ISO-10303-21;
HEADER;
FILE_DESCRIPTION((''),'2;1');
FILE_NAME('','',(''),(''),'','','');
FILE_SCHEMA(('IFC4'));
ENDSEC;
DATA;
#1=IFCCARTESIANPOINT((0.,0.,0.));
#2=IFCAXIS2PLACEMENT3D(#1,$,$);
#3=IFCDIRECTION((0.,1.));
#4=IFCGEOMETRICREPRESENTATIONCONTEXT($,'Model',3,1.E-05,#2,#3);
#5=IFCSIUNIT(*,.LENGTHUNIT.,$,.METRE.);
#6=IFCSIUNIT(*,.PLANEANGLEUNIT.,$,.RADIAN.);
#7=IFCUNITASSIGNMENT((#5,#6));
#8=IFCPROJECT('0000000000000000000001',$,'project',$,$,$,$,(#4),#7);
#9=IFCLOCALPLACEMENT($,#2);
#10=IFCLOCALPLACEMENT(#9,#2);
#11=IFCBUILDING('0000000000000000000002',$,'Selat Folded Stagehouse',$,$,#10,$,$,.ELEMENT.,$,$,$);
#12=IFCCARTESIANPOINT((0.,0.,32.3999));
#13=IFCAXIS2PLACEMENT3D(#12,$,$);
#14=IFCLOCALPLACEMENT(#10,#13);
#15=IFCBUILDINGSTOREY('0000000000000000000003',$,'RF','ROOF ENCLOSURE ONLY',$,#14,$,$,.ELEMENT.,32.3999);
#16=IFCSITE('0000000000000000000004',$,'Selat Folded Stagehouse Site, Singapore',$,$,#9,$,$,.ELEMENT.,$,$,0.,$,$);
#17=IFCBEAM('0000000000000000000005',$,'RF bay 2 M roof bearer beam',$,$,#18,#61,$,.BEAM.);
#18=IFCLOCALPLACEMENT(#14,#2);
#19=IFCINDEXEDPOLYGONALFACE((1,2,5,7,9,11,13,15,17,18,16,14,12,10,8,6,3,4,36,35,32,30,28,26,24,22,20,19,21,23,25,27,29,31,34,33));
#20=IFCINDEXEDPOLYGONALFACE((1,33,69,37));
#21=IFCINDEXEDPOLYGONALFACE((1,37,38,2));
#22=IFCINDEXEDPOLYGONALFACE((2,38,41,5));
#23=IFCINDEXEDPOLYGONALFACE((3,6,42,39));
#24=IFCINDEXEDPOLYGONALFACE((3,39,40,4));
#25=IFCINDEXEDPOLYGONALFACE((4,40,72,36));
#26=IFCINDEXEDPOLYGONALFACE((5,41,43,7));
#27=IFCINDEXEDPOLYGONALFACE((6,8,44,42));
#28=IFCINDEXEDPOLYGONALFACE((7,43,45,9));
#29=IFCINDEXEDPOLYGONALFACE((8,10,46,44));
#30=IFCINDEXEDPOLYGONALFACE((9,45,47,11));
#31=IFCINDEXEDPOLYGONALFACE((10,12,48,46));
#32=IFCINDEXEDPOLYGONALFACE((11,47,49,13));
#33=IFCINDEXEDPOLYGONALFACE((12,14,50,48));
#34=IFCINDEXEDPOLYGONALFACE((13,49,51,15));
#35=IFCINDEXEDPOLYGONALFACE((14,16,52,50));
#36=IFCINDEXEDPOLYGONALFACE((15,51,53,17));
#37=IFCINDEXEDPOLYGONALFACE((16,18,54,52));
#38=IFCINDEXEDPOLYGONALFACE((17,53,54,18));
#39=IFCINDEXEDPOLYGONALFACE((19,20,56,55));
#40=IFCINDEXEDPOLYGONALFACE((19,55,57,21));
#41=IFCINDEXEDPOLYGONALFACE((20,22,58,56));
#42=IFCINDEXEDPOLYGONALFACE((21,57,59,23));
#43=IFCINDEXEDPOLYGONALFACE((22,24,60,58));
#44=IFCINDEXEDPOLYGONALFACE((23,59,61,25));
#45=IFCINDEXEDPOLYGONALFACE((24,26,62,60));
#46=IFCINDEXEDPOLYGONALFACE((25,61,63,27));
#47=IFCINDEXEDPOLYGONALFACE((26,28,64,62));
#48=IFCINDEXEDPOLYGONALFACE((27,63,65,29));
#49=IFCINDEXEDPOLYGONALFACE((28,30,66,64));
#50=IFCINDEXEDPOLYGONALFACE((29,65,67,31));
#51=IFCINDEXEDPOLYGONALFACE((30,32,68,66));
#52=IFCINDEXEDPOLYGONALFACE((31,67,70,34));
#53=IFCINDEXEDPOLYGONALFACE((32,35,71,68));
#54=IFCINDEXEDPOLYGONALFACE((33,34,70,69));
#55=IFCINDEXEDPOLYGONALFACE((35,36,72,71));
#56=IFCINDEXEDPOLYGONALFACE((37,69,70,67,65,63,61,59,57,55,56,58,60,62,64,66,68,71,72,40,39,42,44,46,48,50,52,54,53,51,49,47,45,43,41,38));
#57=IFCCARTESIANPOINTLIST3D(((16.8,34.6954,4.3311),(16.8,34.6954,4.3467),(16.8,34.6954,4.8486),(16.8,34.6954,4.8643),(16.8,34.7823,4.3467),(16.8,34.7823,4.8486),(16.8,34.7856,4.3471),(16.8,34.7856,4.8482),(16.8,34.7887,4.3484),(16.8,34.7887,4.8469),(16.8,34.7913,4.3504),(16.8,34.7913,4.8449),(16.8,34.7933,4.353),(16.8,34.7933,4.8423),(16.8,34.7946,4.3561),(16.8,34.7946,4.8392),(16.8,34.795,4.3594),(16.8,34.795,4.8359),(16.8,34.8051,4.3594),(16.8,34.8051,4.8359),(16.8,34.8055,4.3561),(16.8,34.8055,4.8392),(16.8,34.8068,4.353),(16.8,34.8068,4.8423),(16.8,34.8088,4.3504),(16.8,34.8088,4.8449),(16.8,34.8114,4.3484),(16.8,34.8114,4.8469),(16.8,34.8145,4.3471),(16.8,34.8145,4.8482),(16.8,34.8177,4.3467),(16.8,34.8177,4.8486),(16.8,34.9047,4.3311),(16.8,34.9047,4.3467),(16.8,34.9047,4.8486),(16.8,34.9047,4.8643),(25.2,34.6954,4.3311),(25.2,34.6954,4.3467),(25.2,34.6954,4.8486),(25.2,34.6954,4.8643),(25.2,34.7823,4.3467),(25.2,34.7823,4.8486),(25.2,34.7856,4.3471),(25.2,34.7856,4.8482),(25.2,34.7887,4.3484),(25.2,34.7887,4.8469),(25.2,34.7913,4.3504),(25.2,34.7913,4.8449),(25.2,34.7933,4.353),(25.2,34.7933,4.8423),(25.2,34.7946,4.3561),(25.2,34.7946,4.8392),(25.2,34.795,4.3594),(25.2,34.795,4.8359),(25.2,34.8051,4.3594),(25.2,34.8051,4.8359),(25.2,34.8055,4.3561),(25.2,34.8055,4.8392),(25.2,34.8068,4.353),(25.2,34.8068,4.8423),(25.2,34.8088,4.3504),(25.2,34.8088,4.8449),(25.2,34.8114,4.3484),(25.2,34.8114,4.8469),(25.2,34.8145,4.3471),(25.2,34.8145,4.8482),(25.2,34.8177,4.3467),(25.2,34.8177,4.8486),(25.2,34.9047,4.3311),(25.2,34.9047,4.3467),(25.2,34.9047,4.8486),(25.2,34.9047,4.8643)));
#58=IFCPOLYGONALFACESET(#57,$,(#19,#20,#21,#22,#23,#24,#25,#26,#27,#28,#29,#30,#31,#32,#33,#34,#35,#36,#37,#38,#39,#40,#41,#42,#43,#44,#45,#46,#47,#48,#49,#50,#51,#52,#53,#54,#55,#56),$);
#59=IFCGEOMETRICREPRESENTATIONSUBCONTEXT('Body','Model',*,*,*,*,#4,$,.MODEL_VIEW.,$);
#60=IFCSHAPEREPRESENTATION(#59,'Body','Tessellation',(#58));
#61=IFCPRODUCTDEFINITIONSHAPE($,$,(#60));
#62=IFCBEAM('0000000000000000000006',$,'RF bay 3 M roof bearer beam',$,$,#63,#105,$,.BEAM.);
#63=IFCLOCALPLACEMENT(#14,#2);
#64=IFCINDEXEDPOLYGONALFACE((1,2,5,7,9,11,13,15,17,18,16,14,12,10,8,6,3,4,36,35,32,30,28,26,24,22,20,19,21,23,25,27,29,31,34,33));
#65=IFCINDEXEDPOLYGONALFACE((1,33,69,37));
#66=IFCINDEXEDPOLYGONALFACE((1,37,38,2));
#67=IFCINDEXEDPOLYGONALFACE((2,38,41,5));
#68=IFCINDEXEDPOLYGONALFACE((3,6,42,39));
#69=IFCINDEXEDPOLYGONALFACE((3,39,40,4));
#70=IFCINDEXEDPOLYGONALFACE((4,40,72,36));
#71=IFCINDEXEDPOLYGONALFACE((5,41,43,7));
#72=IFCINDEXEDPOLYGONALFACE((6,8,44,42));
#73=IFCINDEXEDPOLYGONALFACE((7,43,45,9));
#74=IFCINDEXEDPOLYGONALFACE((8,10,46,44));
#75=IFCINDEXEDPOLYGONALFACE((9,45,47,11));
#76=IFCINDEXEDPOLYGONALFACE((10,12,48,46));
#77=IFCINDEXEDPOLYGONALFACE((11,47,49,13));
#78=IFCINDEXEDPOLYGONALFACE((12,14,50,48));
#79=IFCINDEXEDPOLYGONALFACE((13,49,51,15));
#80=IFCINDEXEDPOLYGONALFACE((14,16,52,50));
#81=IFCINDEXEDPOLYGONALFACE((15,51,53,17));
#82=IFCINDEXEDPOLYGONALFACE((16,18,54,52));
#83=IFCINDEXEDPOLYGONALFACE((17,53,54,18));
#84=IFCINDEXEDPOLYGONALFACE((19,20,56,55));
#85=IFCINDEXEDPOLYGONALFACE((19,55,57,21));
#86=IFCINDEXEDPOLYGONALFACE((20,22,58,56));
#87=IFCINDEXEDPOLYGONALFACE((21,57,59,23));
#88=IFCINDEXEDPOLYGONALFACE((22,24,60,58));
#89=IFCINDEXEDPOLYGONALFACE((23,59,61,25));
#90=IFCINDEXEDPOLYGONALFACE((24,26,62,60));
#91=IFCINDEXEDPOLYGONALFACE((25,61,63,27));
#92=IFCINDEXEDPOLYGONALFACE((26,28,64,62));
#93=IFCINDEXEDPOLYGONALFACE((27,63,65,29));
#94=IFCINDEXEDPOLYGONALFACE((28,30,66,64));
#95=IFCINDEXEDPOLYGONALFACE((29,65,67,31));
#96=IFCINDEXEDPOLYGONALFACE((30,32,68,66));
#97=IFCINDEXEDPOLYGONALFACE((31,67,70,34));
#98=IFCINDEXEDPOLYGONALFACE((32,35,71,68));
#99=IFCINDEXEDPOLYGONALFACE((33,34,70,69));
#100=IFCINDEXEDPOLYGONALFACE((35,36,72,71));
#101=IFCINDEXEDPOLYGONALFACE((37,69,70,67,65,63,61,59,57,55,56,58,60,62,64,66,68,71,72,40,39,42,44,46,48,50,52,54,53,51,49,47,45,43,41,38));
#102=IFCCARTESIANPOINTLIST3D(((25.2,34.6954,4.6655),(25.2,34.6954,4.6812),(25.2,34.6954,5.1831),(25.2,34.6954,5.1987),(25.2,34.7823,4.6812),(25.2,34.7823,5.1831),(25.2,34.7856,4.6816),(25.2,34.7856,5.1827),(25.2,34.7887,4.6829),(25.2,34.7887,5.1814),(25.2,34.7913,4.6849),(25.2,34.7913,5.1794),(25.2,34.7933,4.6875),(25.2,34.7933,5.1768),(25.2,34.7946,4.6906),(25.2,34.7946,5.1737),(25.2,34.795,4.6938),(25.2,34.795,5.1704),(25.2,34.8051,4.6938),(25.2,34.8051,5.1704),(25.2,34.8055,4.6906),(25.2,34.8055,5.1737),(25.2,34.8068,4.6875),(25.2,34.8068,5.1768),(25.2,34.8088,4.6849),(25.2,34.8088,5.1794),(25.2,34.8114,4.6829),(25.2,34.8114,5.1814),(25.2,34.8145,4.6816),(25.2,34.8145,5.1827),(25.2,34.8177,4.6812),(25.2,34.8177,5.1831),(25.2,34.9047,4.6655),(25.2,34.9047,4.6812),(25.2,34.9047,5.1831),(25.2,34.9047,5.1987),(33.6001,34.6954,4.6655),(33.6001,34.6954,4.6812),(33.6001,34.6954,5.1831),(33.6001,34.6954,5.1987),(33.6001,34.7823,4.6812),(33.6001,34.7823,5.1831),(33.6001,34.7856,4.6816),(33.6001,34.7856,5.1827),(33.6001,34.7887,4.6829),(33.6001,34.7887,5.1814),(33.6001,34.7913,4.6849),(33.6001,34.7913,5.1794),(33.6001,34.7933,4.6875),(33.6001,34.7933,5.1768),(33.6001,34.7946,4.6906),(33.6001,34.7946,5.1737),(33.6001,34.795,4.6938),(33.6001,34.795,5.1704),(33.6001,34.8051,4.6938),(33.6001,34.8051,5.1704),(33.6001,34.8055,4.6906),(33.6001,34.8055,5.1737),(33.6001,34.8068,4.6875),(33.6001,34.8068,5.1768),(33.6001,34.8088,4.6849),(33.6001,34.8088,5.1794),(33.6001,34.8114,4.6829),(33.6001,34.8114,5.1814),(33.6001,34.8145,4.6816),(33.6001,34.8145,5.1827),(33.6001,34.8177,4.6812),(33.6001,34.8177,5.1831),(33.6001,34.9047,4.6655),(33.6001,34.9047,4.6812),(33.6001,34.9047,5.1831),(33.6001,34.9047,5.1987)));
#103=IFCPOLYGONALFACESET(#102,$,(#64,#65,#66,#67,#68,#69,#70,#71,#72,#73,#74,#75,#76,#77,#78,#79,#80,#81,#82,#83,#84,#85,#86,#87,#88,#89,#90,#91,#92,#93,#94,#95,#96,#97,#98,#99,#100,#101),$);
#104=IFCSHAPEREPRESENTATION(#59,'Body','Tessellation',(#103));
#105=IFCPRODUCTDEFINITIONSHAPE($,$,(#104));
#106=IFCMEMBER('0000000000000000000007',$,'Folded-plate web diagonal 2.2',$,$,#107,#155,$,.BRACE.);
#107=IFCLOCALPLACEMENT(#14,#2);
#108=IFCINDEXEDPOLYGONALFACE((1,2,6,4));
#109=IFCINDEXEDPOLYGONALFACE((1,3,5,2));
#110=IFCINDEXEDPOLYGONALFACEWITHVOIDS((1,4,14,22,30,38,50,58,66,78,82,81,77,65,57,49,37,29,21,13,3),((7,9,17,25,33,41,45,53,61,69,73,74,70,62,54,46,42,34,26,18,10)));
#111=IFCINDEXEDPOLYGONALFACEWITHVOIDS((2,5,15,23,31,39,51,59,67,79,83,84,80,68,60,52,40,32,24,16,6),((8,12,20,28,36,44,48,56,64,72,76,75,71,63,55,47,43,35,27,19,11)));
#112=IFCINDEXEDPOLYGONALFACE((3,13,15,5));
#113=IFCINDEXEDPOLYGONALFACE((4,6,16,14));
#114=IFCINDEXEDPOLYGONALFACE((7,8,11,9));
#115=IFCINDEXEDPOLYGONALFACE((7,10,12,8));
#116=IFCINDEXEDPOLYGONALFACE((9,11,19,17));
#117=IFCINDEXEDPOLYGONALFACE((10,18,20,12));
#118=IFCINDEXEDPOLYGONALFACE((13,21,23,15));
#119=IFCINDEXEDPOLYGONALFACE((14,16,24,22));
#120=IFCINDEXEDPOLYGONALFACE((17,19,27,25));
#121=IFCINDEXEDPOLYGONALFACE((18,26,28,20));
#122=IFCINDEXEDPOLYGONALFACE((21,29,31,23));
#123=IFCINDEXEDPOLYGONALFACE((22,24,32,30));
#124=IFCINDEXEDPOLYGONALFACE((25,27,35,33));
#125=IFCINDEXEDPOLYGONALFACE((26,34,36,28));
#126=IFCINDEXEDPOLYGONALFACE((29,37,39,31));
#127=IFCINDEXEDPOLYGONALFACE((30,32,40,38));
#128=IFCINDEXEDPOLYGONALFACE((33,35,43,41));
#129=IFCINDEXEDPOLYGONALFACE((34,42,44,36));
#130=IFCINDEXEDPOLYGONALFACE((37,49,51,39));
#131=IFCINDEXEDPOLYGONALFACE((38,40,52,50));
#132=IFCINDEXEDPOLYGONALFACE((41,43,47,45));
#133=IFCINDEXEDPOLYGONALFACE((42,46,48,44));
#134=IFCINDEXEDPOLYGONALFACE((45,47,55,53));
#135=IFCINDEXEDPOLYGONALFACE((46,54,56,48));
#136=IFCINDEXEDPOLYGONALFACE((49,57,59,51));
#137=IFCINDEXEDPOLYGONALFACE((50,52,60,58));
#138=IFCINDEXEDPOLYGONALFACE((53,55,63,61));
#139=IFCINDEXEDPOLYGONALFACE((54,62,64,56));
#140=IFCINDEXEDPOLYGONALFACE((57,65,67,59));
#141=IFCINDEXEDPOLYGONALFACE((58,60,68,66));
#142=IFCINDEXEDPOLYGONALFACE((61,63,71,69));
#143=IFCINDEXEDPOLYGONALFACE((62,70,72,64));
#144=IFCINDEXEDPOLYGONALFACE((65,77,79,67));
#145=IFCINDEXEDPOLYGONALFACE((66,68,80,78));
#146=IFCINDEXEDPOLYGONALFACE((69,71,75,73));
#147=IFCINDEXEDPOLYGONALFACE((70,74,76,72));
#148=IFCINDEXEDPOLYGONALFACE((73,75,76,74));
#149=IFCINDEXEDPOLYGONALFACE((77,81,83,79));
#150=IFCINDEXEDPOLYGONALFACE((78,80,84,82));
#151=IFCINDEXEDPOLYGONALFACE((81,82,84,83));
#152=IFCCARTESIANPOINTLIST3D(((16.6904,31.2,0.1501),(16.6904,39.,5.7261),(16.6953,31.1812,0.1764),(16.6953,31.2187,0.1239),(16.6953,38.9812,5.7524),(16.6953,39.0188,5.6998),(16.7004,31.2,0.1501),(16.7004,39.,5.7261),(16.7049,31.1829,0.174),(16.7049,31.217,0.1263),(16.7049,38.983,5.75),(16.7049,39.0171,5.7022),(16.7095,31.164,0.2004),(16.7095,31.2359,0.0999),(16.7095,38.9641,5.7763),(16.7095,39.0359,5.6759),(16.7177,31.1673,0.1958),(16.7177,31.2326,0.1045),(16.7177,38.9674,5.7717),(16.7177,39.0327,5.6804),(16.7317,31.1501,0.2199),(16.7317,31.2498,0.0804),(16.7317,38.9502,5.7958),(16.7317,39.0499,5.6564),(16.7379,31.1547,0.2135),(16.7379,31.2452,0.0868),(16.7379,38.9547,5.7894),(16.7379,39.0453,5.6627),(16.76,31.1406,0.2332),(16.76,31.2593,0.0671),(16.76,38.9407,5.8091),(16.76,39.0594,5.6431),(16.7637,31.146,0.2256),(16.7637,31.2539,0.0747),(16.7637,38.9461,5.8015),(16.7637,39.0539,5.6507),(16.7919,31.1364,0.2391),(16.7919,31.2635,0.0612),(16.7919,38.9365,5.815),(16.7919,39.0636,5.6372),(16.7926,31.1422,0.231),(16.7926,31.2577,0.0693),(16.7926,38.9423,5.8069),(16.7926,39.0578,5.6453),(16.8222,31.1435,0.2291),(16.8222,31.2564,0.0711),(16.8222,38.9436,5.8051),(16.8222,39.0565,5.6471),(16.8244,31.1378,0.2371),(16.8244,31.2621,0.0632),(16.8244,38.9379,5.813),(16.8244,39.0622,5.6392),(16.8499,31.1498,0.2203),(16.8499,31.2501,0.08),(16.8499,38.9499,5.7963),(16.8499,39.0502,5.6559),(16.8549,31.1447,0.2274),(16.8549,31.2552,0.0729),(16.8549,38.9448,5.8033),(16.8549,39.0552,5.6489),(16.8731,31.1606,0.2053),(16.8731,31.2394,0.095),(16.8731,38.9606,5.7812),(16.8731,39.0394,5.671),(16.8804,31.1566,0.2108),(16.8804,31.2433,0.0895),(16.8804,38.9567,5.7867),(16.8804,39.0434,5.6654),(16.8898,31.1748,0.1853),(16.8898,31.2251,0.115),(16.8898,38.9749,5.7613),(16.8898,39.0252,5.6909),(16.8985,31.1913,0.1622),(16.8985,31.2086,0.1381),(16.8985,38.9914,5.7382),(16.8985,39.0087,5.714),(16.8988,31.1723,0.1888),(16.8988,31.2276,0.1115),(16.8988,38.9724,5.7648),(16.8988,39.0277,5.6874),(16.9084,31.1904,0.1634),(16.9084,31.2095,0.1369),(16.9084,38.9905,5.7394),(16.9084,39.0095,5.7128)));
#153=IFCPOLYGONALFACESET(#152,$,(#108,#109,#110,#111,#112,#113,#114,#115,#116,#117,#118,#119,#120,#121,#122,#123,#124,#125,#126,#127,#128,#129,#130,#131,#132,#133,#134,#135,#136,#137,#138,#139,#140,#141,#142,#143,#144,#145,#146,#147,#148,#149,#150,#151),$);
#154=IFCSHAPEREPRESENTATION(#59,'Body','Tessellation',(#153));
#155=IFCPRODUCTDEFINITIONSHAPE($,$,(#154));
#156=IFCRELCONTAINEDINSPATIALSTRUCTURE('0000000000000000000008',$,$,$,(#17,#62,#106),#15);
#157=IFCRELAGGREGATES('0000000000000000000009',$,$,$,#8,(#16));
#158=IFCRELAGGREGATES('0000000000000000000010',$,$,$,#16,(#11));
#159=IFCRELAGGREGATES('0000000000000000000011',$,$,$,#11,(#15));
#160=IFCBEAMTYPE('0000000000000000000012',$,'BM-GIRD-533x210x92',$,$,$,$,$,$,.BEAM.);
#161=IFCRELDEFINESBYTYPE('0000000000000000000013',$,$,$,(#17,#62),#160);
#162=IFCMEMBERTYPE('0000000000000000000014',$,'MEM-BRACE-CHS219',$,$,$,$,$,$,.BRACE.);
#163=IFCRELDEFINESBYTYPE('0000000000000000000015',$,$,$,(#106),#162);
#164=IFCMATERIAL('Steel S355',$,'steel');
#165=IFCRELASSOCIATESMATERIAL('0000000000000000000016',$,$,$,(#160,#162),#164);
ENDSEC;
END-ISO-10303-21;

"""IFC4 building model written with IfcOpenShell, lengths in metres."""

from ifc_helpers import new_model, si_unit, direction, frame, origin, origin_2d, place, context, subcontext, project, spatial, hollow_circle, i_section, extrude, material, material_profile, profile_set, type_object, element, save


model = new_model("IFC4")

# Units and contexts
model_context = context("Model", 3, precision=1e-05, world=origin(), true_north=direction((0.0, 1.0)))
body_context = subcontext(model_context, "Body", "Model", "MODEL_VIEW")
ifc_project = project(units=[si_unit("LENGTHUNIT", "METRE"), si_unit("PLANEANGLEUNIT", "RADIAN")], contexts=[model_context])

# Site, building, storey
site_placement = place(None, origin())
site = spatial("IfcSite", under=ifc_project, at=site_placement, Name="Selat Folded Stagehouse Site, Singapore", CompositionType="ELEMENT", RefElevation=0.0)
building_placement = place(site_placement, origin())
building = spatial("IfcBuilding", under=site, at=building_placement, Name="Selat Folded Stagehouse", CompositionType="ELEMENT")
storey_placement = place(building_placement, frame((0.0, 0.0, 32.3999)))
storey = spatial("IfcBuildingStorey", under=building, at=storey_placement, Name="RF", Description="ROOF ENCLOSURE ONLY", CompositionType="ELEMENT", Elevation=32.3999)

# Beams
ifc_material = material(Name="Steel S355", Category="steel")
ifc_material_profile_1 = material_profile(ifc_material, i_section(OverallWidth=0.2092, OverallDepth=0.5332, WebThickness=0.01, FlangeThickness=0.0156, FilletRadius=0.0127, at=origin_2d()), Name="UKB 533x210x92")
ifc_profile_set_1 = profile_set([ifc_material_profile_1], Name="Steel S355")
beam_type = type_object("IfcBeamType", Name="BM-GIRD-533x210x92", PredefinedType="BEAM", material=ifc_profile_set_1)
beam_1_placement = place(storey_placement, frame((16.8, 34.8, 4.5977), z_axis=(1.0, 0.0, 0.0), x_axis=(0.0, 1.0, 0.0)))
element("IfcBeam", 1, at=beam_1_placement, inside=storey, type_object=beam_type, Name="RF bay 2 M roof bearer beam", PredefinedType="BEAM", context=body_context, shape_type="SweptSolid", body=[
    extrude(i_section(OverallWidth=0.2092, OverallDepth=0.5332, WebThickness=0.01, FlangeThickness=0.0156, FilletRadius=0.0127, at=origin_2d()), origin(), (0.0, 0.0, 1.0), 8.3999),
])
beam_2_placement = place(storey_placement, frame((25.2, 34.8, 4.9321), z_axis=(1.0, 0.0, 0.0), x_axis=(0.0, 1.0, 0.0)))
element("IfcBeam", 2, at=beam_2_placement, inside=storey, type_object=beam_type, Name="RF bay 3 M roof bearer beam", PredefinedType="BEAM", context=body_context, shape_type="SweptSolid", body=[
    extrude(i_section(OverallWidth=0.2092, OverallDepth=0.5332, WebThickness=0.01, FlangeThickness=0.0156, FilletRadius=0.0127, at=origin_2d()), origin(), (0.0, 0.0, 1.0), 8.4001),
])

# Member
ifc_material_profile_2 = material_profile(ifc_material, hollow_circle(Radius=0.1096, WallThickness=0.01, at=origin_2d()), Name="CHS 219.1x10.0")
ifc_profile_set_2 = profile_set([ifc_material_profile_2], Name="Steel S355")
member_type_1 = type_object("IfcMemberType", Name="MEM-BRACE-CHS219", PredefinedType="BRACE", material=ifc_profile_set_2)
member_1_placement = place(storey_placement, frame((16.8, 31.2, 0.1501), z_axis=(0.0, 0.813513, 0.581546), x_axis=(-1.0, 0.0, 0.0)))
element("IfcMember", 3, at=member_1_placement, inside=storey, type_object=member_type_1, Name="Folded-plate web diagonal 2.2", PredefinedType="BRACE", context=body_context, shape_type="SweptSolid", body=[
    extrude(hollow_circle(Radius=0.1096, WallThickness=0.01, at=origin_2d()), origin(), (0.0, 0.0, 1.0), 9.5881),
])

save(model, "model.ifc")
